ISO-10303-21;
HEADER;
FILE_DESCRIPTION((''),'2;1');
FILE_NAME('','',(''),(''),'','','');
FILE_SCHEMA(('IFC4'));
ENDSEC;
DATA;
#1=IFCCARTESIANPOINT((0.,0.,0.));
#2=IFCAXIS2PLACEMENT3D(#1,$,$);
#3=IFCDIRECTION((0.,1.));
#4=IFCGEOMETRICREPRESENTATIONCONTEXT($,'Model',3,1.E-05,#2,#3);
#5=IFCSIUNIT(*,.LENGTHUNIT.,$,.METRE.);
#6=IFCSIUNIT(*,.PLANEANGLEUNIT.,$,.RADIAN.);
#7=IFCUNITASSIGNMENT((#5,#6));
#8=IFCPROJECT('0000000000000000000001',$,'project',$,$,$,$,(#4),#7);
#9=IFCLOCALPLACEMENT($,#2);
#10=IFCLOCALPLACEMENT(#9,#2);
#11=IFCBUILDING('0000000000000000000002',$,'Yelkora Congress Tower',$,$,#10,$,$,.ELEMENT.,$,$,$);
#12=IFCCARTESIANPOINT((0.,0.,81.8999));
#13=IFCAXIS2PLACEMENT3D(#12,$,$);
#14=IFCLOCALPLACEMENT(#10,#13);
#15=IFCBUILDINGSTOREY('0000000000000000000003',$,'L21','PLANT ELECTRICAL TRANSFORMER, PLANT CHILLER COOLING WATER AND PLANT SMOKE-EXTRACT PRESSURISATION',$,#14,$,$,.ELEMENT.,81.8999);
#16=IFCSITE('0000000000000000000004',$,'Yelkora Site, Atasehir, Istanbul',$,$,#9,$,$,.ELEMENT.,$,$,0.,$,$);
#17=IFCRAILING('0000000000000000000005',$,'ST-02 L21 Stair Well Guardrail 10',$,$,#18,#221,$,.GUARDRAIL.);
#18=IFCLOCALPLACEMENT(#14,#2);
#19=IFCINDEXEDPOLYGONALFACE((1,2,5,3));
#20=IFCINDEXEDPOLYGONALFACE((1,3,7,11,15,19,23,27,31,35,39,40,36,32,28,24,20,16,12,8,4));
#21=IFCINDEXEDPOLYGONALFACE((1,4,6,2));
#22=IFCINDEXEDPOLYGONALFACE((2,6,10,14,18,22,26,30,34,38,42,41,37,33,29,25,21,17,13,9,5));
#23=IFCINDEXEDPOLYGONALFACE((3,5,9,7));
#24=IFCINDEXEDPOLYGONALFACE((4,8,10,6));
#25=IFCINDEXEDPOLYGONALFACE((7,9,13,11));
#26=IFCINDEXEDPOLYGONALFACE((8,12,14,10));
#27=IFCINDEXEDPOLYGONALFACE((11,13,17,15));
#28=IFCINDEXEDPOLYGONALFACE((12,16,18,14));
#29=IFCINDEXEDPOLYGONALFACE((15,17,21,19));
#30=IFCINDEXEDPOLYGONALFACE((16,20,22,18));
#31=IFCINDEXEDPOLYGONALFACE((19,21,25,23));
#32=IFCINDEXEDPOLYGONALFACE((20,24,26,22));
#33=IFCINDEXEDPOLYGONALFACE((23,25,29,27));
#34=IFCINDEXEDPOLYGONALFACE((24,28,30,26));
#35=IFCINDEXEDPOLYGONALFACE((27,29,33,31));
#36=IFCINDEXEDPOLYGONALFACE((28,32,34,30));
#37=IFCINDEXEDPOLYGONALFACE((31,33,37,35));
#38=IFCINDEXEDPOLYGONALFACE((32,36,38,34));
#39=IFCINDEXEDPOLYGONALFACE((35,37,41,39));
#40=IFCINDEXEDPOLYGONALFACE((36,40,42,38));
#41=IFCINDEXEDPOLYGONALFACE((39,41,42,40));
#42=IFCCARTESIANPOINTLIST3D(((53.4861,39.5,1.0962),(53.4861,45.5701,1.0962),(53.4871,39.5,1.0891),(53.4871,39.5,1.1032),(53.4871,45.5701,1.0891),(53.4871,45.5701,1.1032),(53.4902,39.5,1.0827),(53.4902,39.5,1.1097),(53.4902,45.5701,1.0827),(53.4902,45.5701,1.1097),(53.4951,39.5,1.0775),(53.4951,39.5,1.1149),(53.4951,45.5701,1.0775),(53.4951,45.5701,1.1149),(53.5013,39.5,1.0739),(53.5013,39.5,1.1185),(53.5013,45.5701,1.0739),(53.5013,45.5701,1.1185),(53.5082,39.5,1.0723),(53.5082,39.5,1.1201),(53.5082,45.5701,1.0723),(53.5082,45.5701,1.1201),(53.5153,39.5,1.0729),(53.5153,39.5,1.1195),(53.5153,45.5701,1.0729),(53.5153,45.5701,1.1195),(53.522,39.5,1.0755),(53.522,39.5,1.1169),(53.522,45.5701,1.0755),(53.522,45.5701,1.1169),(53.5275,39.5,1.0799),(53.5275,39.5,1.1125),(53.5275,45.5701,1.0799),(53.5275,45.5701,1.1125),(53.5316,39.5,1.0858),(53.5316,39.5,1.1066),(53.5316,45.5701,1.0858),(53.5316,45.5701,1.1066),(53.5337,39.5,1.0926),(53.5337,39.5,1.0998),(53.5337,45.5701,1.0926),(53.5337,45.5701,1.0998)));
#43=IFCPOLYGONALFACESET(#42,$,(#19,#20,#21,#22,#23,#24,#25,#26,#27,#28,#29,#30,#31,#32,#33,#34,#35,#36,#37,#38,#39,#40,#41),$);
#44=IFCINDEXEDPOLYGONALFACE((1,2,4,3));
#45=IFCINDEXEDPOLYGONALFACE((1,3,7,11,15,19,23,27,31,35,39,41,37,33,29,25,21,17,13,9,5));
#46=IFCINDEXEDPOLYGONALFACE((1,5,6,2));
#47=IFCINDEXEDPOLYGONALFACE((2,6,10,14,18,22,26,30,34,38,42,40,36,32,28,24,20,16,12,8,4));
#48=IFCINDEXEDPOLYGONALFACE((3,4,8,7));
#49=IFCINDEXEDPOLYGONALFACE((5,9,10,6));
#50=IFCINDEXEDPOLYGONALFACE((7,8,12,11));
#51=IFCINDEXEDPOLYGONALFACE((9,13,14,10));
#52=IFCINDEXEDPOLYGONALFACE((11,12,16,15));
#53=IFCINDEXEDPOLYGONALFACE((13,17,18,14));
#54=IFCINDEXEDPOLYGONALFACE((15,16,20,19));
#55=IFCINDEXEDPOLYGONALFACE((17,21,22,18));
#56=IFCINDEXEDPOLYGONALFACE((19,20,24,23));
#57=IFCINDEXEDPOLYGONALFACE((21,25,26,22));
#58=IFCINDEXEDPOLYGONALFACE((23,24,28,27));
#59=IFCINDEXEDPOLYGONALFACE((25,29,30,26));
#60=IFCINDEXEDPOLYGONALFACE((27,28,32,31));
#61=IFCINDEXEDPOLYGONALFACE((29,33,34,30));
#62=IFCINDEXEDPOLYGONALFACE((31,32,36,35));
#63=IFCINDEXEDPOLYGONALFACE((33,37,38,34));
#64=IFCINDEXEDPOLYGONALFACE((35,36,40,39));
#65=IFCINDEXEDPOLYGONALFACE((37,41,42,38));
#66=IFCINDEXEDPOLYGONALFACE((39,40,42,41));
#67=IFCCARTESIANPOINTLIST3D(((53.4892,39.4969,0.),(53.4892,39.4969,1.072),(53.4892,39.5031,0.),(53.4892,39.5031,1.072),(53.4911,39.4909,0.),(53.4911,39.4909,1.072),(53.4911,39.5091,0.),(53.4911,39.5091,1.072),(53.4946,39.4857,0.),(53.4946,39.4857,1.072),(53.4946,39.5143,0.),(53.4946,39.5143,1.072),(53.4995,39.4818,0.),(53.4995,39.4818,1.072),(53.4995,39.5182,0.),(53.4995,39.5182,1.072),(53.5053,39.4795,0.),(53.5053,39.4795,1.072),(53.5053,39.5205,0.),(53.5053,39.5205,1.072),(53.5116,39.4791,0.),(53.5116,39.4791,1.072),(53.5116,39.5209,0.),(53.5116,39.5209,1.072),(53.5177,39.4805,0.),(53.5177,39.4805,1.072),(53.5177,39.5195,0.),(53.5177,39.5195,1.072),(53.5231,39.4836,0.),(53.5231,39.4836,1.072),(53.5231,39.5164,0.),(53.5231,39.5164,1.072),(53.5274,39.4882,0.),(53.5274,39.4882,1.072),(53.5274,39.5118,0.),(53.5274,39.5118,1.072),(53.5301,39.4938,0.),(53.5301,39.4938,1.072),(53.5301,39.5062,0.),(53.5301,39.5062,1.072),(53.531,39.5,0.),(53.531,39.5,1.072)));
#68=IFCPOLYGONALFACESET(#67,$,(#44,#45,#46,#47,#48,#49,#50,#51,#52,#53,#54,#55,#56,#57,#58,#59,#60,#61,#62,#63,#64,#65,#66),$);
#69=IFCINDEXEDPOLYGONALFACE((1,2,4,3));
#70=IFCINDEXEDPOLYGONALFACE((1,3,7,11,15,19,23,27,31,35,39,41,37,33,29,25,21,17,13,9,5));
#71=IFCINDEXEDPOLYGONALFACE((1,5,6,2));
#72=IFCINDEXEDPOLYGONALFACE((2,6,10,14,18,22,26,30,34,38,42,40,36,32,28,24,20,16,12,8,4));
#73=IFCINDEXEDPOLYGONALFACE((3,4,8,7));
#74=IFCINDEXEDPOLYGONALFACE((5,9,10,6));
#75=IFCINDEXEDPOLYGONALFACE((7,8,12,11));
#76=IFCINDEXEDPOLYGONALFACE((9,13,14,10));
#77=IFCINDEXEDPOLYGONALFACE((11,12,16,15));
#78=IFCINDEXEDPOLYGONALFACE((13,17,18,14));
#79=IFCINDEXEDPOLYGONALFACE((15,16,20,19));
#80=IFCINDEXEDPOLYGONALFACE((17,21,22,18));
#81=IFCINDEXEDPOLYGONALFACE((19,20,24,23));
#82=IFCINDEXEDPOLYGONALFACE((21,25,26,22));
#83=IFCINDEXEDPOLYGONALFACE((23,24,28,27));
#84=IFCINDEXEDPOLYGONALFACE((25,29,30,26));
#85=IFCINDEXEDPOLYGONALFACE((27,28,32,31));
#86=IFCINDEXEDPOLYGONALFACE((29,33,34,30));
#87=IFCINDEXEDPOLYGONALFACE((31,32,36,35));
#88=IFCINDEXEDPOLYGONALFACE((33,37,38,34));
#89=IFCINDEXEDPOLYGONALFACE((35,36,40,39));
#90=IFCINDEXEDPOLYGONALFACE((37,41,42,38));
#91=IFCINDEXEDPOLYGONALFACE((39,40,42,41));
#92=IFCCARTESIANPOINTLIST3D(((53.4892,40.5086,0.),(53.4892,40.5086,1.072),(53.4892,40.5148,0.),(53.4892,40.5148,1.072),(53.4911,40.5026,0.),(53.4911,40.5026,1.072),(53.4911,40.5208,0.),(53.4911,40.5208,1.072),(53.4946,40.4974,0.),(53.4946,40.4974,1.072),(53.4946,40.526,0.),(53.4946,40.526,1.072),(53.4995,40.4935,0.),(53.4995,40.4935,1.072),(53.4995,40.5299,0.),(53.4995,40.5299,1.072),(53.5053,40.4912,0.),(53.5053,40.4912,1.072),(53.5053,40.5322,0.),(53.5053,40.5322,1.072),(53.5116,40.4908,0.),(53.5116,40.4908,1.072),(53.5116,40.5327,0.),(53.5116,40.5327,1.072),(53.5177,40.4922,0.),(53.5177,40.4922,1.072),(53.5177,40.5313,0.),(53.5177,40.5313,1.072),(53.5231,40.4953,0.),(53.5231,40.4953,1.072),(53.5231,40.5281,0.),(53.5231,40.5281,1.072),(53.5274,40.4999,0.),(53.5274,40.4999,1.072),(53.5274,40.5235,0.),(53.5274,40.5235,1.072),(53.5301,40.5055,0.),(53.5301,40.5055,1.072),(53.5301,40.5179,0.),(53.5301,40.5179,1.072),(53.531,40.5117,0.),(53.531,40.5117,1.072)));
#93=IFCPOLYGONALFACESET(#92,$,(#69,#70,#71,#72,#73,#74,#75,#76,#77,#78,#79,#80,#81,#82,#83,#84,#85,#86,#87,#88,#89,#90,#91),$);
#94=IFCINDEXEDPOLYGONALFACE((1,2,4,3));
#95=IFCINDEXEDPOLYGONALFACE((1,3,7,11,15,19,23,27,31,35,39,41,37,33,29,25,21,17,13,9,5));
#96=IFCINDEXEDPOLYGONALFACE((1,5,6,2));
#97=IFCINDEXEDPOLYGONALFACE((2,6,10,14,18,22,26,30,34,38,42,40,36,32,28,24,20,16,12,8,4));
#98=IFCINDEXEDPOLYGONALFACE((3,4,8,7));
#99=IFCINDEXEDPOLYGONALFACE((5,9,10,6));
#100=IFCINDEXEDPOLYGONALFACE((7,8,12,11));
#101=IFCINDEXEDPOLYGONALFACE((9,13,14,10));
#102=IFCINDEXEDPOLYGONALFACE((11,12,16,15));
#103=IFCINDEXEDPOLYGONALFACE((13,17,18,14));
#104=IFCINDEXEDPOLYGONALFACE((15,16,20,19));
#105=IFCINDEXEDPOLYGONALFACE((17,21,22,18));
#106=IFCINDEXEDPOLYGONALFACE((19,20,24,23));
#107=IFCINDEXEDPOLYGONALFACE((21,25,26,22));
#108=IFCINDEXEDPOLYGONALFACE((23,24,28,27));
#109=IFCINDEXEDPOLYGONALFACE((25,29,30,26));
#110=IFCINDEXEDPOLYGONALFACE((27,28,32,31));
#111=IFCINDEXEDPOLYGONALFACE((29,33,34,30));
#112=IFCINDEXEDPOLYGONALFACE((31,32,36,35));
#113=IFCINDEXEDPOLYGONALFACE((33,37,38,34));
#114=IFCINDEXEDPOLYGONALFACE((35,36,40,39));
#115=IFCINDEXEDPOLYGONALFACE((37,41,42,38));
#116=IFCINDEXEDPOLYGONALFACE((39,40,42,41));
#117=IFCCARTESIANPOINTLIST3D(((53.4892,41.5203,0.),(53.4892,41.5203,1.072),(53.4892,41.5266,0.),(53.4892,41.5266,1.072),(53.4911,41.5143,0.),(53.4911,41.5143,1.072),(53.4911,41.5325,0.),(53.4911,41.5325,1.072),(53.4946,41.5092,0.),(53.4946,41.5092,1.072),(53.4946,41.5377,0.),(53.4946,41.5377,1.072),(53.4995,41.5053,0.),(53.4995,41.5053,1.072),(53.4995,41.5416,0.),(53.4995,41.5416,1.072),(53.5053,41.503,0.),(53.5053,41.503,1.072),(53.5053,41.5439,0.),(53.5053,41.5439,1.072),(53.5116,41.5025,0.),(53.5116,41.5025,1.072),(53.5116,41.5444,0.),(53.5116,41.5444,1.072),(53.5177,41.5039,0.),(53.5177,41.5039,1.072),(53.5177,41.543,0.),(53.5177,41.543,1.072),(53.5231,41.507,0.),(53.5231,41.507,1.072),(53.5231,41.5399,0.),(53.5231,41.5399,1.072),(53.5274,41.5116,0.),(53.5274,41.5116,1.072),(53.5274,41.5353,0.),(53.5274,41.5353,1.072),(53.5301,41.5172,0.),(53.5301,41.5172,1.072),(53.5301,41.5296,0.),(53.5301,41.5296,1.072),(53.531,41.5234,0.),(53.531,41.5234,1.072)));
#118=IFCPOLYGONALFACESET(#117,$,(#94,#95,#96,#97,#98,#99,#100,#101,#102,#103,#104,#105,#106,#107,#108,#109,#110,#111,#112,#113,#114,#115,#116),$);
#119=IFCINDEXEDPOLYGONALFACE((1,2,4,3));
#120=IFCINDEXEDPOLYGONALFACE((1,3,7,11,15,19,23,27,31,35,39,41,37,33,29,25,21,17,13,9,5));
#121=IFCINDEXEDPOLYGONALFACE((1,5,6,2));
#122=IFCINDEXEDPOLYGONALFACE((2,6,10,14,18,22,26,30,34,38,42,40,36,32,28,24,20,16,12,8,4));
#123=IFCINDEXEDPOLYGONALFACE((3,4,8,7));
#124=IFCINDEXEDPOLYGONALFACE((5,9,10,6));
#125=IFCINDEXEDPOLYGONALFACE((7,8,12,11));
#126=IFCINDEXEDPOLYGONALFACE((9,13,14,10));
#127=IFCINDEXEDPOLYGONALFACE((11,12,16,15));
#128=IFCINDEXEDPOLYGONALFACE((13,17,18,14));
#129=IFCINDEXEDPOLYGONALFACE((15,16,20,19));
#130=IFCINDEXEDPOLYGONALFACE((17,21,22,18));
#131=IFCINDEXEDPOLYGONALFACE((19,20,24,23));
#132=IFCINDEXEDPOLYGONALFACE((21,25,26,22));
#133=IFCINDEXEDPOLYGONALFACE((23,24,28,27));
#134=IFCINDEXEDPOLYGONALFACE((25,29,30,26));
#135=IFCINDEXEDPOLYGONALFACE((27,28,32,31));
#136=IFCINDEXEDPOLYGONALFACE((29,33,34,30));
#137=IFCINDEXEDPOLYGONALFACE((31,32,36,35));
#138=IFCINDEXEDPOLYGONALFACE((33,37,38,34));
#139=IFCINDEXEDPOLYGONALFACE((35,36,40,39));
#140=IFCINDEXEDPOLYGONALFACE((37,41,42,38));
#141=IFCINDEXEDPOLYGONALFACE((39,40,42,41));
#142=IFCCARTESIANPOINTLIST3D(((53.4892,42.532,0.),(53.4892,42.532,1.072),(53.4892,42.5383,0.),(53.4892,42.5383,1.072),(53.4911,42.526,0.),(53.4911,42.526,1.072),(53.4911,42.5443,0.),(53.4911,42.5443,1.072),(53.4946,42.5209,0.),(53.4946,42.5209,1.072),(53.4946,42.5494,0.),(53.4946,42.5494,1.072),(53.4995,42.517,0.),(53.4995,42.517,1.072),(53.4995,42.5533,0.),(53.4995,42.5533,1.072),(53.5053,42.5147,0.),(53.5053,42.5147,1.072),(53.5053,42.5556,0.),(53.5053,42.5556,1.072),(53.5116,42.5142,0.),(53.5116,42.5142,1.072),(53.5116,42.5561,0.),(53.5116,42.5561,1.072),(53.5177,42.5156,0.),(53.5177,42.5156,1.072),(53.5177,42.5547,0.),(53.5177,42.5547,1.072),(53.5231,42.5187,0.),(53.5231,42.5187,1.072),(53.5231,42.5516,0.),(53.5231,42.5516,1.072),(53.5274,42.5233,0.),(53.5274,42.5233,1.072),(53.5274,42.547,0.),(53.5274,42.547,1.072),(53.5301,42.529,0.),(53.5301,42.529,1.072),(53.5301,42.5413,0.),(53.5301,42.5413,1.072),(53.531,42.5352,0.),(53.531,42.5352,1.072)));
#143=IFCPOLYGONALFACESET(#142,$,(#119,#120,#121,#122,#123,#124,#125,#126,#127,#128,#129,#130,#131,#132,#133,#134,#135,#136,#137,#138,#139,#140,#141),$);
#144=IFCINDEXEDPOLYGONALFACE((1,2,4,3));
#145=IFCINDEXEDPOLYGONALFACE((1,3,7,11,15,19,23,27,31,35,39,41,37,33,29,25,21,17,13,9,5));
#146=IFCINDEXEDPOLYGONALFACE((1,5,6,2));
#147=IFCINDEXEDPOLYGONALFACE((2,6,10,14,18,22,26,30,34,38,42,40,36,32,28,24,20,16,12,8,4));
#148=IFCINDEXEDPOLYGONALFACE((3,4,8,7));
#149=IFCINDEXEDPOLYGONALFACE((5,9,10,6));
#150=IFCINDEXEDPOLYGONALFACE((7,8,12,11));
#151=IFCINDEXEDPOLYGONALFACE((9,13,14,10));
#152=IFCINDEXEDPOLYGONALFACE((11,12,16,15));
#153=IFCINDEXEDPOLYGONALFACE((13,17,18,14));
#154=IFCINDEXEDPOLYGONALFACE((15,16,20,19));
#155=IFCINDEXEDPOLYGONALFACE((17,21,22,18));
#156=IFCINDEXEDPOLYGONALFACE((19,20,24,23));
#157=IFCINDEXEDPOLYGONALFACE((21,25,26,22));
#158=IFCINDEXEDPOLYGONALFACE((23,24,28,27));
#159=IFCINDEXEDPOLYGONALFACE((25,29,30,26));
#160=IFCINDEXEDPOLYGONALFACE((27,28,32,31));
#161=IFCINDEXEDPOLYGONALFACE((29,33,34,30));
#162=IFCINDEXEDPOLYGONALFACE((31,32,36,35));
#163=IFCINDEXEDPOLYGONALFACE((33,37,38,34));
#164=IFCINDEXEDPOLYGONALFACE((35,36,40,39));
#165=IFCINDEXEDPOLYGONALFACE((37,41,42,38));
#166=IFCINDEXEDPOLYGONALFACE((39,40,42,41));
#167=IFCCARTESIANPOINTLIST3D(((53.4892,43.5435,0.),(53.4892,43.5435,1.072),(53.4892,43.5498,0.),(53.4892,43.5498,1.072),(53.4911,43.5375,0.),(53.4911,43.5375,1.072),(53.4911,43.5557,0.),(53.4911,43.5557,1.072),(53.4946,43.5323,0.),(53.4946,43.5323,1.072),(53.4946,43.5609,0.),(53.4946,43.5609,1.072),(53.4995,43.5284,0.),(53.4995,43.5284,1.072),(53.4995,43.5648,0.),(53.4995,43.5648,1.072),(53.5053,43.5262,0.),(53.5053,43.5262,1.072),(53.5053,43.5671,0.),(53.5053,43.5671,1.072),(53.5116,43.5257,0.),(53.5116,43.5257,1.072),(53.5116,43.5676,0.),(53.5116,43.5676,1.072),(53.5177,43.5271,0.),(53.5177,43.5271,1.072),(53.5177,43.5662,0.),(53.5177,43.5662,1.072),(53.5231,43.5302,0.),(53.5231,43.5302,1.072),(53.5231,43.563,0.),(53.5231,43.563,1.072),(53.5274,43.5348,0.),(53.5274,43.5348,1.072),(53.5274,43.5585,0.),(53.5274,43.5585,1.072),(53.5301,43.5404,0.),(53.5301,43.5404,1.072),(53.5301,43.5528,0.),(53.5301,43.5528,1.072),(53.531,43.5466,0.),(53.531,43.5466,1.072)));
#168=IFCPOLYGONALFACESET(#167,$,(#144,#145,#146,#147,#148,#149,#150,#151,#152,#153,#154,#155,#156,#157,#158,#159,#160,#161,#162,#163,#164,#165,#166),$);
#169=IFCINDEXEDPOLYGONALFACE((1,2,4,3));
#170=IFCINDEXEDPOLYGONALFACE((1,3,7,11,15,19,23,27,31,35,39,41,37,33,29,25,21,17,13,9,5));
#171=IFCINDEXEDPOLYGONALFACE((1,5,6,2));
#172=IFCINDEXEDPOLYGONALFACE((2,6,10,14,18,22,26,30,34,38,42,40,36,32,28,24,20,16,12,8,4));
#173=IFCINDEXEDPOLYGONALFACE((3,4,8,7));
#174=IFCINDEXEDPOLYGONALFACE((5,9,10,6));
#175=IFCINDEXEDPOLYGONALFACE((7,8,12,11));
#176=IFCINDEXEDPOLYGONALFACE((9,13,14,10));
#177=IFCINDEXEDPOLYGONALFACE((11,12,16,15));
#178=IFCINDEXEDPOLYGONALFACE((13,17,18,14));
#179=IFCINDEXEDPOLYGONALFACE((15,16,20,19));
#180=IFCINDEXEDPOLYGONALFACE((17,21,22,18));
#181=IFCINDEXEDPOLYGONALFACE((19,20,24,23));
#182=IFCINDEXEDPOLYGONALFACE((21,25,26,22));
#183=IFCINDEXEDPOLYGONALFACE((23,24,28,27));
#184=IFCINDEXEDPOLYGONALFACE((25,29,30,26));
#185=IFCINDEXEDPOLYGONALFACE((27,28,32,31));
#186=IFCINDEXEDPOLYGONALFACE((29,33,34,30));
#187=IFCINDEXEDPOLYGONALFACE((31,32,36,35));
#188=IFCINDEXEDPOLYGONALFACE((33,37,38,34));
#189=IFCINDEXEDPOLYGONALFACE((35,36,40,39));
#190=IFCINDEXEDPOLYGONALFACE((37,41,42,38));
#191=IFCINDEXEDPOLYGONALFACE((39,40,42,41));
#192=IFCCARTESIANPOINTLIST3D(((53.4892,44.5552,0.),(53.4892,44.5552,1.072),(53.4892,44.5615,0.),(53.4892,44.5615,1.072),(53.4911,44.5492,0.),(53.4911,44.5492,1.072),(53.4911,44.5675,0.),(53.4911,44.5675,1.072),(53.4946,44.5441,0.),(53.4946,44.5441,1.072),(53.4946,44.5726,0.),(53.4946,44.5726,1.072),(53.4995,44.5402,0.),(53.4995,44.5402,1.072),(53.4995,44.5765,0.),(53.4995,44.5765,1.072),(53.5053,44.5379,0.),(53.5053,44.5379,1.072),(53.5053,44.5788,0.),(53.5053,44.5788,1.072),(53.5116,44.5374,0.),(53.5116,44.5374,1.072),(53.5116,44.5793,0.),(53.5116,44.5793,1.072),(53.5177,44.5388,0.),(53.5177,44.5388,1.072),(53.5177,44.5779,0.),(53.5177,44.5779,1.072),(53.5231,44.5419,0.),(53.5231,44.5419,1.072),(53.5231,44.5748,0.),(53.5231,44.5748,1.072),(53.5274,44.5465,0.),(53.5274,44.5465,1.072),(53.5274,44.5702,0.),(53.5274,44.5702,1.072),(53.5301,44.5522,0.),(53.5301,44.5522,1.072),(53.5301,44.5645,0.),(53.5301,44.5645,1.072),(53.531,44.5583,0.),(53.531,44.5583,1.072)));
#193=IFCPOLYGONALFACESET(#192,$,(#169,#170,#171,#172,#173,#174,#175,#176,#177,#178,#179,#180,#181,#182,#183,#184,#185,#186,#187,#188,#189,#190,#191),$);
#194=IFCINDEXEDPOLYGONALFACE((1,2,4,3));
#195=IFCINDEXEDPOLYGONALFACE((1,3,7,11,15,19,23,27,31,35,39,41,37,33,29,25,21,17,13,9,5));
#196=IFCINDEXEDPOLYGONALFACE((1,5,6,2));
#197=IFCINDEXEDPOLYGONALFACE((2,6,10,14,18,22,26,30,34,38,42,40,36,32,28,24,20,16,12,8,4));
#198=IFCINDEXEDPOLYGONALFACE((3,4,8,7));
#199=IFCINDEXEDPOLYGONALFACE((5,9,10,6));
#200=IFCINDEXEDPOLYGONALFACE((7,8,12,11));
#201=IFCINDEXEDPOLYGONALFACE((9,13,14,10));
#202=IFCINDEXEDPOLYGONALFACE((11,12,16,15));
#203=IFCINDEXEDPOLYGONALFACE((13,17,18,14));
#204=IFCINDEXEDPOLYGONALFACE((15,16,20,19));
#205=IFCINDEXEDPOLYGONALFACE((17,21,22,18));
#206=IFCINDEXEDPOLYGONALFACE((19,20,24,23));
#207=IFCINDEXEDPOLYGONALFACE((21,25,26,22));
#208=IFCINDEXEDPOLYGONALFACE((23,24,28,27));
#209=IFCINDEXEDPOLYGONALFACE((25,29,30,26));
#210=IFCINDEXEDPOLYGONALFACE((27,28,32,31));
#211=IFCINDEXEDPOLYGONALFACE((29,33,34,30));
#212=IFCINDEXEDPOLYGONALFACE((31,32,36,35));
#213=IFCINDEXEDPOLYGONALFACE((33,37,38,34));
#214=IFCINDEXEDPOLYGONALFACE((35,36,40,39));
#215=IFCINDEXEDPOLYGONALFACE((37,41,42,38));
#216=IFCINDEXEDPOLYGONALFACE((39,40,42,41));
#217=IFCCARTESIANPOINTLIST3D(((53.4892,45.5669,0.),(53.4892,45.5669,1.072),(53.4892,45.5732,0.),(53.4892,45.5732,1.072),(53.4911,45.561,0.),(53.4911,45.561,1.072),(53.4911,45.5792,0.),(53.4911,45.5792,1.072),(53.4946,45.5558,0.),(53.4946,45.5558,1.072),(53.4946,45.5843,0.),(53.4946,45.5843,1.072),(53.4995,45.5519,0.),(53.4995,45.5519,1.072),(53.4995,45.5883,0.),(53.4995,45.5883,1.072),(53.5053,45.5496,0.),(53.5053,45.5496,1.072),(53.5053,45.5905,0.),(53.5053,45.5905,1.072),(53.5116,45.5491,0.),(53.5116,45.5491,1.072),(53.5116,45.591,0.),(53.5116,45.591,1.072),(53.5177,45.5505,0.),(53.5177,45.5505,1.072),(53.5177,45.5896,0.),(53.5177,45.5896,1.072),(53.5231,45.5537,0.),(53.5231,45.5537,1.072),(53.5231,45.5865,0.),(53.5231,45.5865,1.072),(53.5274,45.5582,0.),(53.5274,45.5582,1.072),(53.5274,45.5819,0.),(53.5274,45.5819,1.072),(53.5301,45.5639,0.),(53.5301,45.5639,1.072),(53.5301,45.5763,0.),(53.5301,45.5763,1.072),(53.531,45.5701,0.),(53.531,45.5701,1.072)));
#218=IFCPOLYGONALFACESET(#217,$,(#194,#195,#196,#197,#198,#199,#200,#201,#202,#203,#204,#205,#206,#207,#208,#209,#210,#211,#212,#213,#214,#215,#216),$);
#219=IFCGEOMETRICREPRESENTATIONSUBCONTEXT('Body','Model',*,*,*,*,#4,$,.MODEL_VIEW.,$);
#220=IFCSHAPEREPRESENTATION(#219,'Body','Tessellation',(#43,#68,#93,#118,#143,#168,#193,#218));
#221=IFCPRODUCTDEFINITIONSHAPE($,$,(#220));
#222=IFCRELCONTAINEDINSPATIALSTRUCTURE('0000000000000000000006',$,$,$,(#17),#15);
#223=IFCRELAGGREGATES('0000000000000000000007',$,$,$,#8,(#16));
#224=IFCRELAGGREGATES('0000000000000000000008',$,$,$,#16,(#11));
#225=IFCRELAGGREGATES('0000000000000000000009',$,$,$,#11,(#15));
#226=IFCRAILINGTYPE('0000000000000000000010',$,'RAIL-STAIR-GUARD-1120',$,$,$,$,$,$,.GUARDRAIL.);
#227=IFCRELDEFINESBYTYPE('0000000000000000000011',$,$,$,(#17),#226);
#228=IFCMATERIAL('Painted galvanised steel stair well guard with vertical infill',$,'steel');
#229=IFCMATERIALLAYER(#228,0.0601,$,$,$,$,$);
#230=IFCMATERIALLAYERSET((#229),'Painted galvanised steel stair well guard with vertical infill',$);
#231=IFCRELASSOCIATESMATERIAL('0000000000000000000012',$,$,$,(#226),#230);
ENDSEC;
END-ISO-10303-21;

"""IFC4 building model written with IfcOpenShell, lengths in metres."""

from ifc_helpers import new_model, si_unit, direction, frame, origin, origin_2d, place, context, subcontext, project, spatial, circle, extrude, material, layer, layer_set, type_object, element, save


model = new_model("IFC4")

# Units and contexts
model_context = context("Model", 3, precision=1e-05, world=origin(), true_north=direction((0.0, 1.0)))
body_context = subcontext(model_context, "Body", "Model", "MODEL_VIEW")
ifc_project = project(units=[si_unit("LENGTHUNIT", "METRE"), si_unit("PLANEANGLEUNIT", "RADIAN")], contexts=[model_context])

# Site, building, storey
site_placement = place(None, origin())
site = spatial("IfcSite", under=ifc_project, at=site_placement, Name="Yelkora Site, Atasehir, Istanbul", CompositionType="ELEMENT", RefElevation=0.0)
building_placement = place(site_placement, origin())
building = spatial("IfcBuilding", under=site, at=building_placement, Name="Yelkora Congress Tower", CompositionType="ELEMENT")
storey_placement = place(building_placement, frame((0.0, 0.0, 81.8999)))
storey = spatial("IfcBuildingStorey", under=building, at=storey_placement, Name="L21", Description="PLANT ELECTRICAL TRANSFORMER, PLANT CHILLER COOLING WATER AND PLANT SMOKE-EXTRACT PRESSURISATION", CompositionType="ELEMENT", Elevation=81.8999)

# Railing
ifc_material_1 = material(Name="Painted galvanised steel stair well guard with vertical infill", Category="steel")
ifc_layer_1 = layer(ifc_material_1, 0.0601)
ifc_layer_set_1 = layer_set([ifc_layer_1], Name="Painted galvanised steel stair well guard with vertical infill")
railing_type_1 = type_object("IfcRailingType", Name="RAIL-STAIR-GUARD-1120", PredefinedType="GUARDRAIL", material=ifc_layer_set_1)
railing_1_placement = place(storey_placement, frame((53.51, 39.5, 0.0)))
element("IfcRailing", 1, at=railing_1_placement, inside=storey, type_object=railing_type_1, Name="ST-02 L21 Stair Well Guardrail 10", PredefinedType="GUARDRAIL", context=body_context, shape_type="SweptSolid", body=[
    extrude(circle(Radius=0.0239, at=origin_2d()), frame((0.0, 0.0, 1.0962), z_axis=(0.0, 1.0, 0.0), x_axis=(-1.0, 0.0, 0.0)), (0.0, 0.0, 1.0), 6.0701),
    extrude(circle(Radius=0.021, at=origin_2d()), origin(), (0.0, 0.0, 1.0), 1.072),
    extrude(circle(Radius=0.021, at=origin_2d()), frame((0.0, 1.0117, 0.0)), (0.0, 0.0, 1.0), 1.072),
    extrude(circle(Radius=0.021, at=origin_2d()), frame((0.0, 2.0234, 0.0)), (0.0, 0.0, 1.0), 1.072),
    extrude(circle(Radius=0.021, at=origin_2d()), frame((0.0, 3.0352, 0.0)), (0.0, 0.0, 1.0), 1.072),
    extrude(circle(Radius=0.021, at=origin_2d()), frame((0.0, 4.0466, 0.0)), (0.0, 0.0, 1.0), 1.072),
    extrude(circle(Radius=0.021, at=origin_2d()), frame((0.0, 5.0583, 0.0)), (0.0, 0.0, 1.0), 1.072),
    extrude(circle(Radius=0.021, at=origin_2d()), frame((0.0, 6.0701, 0.0)), (0.0, 0.0, 1.0), 1.072),
])

save(model, "model.ifc")
